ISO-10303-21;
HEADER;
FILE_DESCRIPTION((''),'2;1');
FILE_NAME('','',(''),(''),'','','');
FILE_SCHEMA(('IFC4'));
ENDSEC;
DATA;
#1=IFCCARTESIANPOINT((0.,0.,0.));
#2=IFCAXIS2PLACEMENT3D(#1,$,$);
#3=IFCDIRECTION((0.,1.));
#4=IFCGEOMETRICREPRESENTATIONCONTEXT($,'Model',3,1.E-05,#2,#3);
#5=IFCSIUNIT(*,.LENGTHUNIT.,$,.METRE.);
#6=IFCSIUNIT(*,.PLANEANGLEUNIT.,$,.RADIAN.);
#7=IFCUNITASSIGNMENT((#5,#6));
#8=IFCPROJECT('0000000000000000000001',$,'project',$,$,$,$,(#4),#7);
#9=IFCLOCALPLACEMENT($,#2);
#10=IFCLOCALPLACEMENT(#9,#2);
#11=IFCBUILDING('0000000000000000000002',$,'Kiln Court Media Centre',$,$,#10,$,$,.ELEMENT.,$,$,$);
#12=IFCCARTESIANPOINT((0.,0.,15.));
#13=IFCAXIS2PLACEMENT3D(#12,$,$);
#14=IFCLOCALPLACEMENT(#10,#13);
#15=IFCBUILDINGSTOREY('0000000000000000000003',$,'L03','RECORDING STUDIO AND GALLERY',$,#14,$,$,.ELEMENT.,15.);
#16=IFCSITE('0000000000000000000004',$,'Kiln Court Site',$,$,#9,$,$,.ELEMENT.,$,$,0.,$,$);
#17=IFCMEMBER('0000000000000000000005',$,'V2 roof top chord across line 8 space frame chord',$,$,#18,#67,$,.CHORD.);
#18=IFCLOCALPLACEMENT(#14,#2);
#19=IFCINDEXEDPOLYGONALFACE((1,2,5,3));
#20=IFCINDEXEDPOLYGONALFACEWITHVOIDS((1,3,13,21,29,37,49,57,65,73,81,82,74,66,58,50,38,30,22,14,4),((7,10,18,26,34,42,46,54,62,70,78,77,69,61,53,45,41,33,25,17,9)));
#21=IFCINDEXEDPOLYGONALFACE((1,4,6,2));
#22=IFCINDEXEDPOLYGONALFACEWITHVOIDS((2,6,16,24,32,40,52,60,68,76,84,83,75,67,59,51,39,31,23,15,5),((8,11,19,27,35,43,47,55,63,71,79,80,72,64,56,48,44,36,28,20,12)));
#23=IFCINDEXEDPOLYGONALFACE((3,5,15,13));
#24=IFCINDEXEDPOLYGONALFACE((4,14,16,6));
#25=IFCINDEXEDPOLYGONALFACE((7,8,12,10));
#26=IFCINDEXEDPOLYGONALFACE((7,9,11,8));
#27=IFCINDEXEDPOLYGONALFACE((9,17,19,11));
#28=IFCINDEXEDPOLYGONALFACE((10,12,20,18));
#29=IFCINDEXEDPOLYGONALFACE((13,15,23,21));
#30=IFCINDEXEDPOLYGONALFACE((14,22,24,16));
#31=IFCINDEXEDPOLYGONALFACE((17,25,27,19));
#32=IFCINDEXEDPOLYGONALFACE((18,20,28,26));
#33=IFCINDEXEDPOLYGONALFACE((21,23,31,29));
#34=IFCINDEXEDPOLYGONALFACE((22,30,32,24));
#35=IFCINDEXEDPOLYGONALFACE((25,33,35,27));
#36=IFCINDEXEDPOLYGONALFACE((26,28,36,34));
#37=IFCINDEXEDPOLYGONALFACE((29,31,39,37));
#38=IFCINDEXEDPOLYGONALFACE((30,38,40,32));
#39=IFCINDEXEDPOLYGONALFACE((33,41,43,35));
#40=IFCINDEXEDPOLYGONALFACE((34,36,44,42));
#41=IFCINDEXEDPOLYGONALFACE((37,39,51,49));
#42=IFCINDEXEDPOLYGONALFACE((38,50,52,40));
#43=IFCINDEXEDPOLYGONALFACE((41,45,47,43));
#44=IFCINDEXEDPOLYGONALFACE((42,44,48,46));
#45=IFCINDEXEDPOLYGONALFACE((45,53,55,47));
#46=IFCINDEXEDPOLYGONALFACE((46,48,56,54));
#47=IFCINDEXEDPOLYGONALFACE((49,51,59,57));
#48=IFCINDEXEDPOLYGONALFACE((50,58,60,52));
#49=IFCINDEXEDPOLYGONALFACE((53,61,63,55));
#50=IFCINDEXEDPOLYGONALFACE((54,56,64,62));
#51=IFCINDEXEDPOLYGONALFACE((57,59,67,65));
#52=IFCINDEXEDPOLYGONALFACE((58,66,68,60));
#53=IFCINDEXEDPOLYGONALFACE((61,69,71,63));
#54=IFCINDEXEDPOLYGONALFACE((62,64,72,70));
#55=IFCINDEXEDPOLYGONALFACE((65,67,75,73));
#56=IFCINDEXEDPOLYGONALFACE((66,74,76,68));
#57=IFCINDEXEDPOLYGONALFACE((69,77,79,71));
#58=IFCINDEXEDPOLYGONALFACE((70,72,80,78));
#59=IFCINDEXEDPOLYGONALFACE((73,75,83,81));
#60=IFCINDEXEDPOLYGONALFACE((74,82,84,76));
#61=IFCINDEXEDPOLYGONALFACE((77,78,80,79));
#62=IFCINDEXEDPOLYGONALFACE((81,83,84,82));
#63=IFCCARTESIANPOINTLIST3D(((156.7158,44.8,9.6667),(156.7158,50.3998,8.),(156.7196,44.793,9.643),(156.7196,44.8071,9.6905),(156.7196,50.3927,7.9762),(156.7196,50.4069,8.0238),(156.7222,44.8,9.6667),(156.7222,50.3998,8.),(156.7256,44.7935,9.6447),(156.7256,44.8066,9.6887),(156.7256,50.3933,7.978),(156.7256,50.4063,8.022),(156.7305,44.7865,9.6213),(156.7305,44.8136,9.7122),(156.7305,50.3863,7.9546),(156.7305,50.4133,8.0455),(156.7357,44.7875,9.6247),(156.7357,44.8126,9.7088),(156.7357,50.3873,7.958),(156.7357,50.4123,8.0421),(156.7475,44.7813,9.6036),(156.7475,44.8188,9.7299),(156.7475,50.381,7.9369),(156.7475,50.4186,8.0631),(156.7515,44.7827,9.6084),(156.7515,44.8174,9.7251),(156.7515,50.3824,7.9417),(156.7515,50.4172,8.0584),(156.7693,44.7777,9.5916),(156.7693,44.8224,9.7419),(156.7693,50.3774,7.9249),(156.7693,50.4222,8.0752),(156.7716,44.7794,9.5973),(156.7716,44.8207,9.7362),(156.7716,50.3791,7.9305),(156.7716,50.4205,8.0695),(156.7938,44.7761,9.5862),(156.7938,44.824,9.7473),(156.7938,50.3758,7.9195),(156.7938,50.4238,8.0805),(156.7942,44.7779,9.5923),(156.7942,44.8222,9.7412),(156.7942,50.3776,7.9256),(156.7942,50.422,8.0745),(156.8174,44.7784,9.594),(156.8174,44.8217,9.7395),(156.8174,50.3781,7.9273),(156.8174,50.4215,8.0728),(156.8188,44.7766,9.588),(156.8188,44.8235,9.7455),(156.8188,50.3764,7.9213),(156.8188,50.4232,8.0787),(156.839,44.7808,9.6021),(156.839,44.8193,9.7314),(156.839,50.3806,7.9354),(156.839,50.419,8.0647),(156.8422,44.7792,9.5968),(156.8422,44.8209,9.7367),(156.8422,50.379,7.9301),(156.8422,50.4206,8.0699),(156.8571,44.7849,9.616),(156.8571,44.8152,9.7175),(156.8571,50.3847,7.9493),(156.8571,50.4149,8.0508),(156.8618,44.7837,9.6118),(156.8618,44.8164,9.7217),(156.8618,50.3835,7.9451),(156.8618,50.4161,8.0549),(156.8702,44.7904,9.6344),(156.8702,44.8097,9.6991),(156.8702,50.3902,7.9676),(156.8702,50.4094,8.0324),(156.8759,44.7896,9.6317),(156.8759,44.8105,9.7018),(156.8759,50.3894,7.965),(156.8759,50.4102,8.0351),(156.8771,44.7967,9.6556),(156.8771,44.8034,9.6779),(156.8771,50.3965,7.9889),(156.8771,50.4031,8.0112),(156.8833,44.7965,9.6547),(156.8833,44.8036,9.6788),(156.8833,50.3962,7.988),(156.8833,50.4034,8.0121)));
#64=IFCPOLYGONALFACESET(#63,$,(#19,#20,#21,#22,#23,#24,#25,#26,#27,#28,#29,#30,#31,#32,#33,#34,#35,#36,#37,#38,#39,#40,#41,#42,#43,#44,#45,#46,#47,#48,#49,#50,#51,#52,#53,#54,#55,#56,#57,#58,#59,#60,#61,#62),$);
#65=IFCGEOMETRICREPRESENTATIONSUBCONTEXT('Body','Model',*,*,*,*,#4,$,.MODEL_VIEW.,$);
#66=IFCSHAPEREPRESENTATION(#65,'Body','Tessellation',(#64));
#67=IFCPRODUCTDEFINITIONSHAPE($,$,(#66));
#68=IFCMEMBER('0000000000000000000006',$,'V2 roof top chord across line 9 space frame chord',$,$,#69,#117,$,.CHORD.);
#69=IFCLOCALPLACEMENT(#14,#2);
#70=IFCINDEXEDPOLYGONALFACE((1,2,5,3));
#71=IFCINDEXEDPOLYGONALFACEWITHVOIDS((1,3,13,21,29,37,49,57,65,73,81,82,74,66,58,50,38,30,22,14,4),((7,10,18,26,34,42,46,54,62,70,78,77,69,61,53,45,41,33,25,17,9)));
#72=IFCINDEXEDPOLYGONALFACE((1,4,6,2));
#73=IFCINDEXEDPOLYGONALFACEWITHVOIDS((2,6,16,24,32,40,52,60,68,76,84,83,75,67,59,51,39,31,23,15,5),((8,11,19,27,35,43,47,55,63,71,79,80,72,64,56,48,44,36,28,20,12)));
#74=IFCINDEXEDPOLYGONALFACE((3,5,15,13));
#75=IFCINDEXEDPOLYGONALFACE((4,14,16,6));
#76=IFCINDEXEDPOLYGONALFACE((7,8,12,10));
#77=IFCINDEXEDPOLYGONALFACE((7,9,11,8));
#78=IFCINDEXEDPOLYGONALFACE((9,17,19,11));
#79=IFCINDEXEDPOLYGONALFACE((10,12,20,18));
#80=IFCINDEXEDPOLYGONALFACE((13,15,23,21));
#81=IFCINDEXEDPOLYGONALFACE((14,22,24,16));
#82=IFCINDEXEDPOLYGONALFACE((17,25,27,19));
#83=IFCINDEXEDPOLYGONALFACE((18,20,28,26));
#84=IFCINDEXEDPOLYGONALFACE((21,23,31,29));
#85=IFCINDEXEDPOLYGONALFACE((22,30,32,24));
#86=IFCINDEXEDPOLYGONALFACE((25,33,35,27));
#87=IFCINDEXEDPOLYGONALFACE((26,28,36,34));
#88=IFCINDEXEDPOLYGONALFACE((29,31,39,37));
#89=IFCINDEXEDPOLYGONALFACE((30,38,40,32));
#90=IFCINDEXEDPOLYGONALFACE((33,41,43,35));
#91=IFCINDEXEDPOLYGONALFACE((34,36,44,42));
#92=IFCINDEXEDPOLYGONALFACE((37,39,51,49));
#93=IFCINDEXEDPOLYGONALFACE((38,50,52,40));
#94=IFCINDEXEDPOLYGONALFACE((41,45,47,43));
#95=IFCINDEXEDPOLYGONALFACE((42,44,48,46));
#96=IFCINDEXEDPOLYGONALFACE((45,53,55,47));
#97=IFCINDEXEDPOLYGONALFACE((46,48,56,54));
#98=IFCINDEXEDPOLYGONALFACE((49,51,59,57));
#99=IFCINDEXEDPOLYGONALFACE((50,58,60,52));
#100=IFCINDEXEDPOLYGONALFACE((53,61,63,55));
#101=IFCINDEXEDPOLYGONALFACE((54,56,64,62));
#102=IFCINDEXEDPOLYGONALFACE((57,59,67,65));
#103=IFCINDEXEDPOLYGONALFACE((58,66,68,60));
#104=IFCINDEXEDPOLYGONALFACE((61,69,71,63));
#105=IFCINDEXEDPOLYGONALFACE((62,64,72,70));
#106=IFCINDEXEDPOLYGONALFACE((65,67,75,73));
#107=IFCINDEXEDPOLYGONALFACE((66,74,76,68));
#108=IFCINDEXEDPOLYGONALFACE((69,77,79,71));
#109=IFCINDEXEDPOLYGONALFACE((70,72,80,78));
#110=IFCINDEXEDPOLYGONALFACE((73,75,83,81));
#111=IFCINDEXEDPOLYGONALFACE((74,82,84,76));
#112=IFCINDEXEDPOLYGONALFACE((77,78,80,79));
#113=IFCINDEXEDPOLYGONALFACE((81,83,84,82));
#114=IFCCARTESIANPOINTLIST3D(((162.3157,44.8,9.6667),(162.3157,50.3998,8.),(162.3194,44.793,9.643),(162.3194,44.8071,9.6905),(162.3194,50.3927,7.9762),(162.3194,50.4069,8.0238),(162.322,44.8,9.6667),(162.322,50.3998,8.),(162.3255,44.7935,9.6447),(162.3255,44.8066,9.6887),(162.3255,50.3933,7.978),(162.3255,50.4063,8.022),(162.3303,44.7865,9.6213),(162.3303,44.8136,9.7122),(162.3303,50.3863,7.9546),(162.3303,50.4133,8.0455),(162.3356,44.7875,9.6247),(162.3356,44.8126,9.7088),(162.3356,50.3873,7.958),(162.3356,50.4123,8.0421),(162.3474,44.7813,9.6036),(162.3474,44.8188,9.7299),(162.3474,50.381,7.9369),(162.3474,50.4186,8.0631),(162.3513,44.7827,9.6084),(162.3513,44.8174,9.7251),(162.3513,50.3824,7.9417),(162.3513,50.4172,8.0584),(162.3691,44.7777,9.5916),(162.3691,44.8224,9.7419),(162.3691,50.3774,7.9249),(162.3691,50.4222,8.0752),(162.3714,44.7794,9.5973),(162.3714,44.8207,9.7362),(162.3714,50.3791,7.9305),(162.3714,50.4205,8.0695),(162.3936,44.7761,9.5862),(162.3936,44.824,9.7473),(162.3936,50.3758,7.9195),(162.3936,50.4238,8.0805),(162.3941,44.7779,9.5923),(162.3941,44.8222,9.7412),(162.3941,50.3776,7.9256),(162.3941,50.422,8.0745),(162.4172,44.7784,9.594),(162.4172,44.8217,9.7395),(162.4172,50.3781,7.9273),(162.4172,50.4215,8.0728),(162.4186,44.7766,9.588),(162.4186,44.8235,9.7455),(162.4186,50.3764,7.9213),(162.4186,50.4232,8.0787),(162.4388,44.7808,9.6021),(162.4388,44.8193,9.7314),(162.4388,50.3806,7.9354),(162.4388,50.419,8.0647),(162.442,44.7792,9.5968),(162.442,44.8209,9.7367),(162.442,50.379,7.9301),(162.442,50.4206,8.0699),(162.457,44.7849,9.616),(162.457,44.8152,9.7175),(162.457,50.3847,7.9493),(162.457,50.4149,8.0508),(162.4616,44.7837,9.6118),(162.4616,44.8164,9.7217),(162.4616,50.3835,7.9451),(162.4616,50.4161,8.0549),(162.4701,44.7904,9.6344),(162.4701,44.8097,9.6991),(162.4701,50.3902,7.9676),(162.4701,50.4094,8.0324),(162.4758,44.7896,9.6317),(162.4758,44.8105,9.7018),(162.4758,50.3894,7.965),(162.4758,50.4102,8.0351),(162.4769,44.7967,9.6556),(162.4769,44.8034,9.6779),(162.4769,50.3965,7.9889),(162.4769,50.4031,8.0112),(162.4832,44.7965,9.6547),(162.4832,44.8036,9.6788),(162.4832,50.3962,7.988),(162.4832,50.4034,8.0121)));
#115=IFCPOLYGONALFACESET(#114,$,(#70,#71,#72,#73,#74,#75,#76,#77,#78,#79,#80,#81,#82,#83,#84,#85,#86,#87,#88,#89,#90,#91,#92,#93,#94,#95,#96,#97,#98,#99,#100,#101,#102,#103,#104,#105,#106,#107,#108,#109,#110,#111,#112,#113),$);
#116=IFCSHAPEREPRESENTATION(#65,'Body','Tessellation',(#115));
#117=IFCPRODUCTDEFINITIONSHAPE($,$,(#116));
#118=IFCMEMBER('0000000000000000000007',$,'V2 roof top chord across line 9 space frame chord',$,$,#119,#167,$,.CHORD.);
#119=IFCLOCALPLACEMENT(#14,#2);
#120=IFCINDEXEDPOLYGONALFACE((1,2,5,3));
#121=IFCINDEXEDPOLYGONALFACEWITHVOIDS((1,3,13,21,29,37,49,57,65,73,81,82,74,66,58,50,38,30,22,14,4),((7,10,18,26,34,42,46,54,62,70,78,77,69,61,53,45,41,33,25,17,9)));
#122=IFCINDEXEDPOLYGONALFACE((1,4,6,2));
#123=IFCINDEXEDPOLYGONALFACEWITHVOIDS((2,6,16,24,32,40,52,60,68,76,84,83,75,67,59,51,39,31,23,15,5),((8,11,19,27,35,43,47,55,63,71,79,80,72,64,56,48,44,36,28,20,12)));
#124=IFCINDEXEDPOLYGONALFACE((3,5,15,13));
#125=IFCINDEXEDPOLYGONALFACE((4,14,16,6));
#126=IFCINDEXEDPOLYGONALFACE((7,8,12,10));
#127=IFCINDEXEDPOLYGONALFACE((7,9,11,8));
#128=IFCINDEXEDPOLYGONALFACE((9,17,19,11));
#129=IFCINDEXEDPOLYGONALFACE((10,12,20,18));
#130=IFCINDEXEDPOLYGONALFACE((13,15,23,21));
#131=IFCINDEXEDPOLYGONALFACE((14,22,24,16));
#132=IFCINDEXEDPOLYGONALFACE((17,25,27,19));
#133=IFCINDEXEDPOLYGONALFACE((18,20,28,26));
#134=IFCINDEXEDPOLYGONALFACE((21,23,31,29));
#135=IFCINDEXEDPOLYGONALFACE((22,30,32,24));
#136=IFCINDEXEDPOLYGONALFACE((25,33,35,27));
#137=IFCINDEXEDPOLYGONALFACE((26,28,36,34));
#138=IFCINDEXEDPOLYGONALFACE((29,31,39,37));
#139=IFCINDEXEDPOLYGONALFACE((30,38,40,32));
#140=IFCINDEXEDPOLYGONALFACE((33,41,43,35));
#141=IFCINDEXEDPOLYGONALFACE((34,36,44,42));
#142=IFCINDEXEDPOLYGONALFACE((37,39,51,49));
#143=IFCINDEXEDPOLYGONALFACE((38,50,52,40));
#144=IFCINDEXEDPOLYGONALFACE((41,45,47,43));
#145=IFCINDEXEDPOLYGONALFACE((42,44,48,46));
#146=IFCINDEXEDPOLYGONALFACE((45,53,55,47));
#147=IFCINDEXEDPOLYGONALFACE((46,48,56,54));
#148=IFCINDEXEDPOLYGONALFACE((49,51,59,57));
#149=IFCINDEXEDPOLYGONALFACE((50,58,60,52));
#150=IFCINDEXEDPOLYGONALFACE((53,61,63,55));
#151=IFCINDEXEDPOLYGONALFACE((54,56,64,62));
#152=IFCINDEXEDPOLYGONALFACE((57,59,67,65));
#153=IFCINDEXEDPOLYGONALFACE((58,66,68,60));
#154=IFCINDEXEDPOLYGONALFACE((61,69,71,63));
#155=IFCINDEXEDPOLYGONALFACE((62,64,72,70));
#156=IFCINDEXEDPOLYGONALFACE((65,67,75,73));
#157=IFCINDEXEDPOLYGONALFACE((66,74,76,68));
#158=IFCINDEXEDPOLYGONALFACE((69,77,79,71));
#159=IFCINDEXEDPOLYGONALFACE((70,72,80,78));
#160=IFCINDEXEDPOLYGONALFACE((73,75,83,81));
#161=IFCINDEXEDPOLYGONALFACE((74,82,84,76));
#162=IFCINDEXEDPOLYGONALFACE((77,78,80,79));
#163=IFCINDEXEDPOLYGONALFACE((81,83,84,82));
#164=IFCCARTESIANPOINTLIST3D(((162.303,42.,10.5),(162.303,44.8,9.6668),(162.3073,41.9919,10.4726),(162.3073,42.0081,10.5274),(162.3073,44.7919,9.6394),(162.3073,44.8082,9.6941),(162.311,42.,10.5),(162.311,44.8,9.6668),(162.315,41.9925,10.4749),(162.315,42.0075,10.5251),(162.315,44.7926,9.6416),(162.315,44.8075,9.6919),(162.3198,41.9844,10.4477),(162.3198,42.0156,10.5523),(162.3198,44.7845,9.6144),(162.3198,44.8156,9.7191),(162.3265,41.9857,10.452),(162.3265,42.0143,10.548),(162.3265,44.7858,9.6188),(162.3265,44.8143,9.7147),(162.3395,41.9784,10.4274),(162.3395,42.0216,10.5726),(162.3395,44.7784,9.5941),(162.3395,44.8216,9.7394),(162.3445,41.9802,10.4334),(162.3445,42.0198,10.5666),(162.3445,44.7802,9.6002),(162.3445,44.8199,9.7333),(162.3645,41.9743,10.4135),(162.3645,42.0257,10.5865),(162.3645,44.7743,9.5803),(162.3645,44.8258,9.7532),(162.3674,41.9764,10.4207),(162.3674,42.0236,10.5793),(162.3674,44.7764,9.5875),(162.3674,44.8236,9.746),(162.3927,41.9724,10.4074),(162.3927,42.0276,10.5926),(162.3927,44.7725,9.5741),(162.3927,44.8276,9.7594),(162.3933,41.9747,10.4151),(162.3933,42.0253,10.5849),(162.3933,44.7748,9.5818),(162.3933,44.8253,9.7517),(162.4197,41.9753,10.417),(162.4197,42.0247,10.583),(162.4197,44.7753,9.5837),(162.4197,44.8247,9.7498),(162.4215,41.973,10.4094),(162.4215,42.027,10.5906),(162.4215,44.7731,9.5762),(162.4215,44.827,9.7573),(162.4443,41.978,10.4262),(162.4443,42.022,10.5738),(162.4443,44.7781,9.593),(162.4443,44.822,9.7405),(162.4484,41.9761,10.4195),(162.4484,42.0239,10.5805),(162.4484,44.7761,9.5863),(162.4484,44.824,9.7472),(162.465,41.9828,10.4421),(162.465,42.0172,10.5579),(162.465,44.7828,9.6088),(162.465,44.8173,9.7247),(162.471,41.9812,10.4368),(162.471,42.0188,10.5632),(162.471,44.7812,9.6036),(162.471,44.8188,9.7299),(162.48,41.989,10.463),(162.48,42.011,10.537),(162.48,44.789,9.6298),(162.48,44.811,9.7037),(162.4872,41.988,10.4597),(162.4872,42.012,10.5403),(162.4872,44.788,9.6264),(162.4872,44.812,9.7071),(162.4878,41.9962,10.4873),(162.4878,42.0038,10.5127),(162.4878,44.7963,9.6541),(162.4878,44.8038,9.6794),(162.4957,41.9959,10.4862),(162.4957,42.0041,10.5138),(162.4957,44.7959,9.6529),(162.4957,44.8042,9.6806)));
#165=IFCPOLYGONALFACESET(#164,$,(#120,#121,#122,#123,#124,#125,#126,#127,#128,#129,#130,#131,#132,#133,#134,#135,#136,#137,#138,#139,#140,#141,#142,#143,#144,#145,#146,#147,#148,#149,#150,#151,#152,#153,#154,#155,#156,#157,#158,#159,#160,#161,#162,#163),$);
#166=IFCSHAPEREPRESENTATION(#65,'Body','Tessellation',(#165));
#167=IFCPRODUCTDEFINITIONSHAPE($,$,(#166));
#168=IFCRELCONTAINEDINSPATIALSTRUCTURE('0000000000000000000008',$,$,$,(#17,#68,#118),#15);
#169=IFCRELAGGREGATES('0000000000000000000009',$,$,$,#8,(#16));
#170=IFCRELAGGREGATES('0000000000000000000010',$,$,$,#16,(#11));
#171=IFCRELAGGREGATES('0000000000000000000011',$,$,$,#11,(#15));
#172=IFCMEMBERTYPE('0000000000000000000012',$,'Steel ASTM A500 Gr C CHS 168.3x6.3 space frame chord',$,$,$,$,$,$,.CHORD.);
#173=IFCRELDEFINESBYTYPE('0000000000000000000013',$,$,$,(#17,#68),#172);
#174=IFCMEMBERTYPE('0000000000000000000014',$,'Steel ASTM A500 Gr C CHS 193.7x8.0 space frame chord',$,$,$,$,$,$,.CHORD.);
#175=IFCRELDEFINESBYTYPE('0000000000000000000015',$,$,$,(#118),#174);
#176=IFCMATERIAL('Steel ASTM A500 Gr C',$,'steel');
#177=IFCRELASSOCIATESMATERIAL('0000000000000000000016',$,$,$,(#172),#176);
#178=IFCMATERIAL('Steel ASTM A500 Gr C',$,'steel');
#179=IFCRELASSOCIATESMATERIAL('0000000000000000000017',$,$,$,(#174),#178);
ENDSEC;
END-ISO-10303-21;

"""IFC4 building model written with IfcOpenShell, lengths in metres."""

from ifc_helpers import new_model, si_unit, direction, frame, origin, origin_2d, place, context, subcontext, project, spatial, hollow_circle, extrude, material, material_profile, profile_set, type_object, element, save


model = new_model("IFC4")

# Units and contexts
model_context = context("Model", 3, precision=1e-05, world=origin(), true_north=direction((0.0, 1.0)))
body_context = subcontext(model_context, "Body", "Model", "MODEL_VIEW")
ifc_project = project(units=[si_unit("LENGTHUNIT", "METRE"), si_unit("PLANEANGLEUNIT", "RADIAN")], contexts=[model_context])

# Site, building, storey
site_placement = place(None, origin())
site = spatial("IfcSite", under=ifc_project, at=site_placement, Name="Kiln Court Site", CompositionType="ELEMENT", RefElevation=0.0)
building_placement = place(site_placement, origin())
building = spatial("IfcBuilding", under=site, at=building_placement, Name="Kiln Court Media Centre", CompositionType="ELEMENT")
storey_placement = place(building_placement, frame((0.0, 0.0, 15.0)))
storey = spatial("IfcBuildingStorey", under=building, at=storey_placement, Name="L03", Description="RECORDING STUDIO AND GALLERY", CompositionType="ELEMENT", Elevation=15.0)

# Members
ifc_material_1 = material(Name="Steel ASTM A500 Gr C", Category="steel")
ifc_material_profile_1 = material_profile(ifc_material_1, hollow_circle(Radius=0.0842, WallThickness=0.0063, at=origin_2d()), Name="CHS 168.3x6.3")
ifc_profile_set_1 = profile_set([ifc_material_profile_1], Name="Steel ASTM A500 Gr C")
member_type_1 = type_object("IfcMemberType", Name="Steel ASTM A500 Gr C CHS 168.3x6.3 space frame chord", PredefinedType="CHORD", material=ifc_profile_set_1)
for number, where, z_axis, x_axis, name in (
    (1, (156.8, 44.8, 9.6667), (0.0, 0.958446, -0.285273), (-1.0, 0.0, 0.0), "V2 roof top chord across line 8 space frame chord"),
    (2, (162.3999, 44.8, 9.6667), (0.0, 0.958446, -0.285273), (-1.0, 0.0, 0.0), "V2 roof top chord across line 9 space frame chord"),
):
    element("IfcMember", number, at=place(storey_placement, frame(where, z_axis=z_axis, x_axis=x_axis)), inside=storey, type_object=member_type_1, Name=name, PredefinedType="CHORD", context=body_context, shape_type="SweptSolid", body=[
        extrude(hollow_circle(Radius=0.0842, WallThickness=0.0063, at=origin_2d()), origin(), (0.0, 0.0, 1.0), 5.8425),
    ])
ifc_material_2 = material(Name="Steel ASTM A500 Gr C", Category="steel")
ifc_material_profile_2 = material_profile(ifc_material_2, hollow_circle(Radius=0.0969, WallThickness=0.0081, at=origin_2d()), Name="CHS 193.7x8.0")
ifc_profile_set_2 = profile_set([ifc_material_profile_2], Name="Steel ASTM A500 Gr C")
member_type_2 = type_object("IfcMemberType", Name="Steel ASTM A500 Gr C CHS 193.7x8.0 space frame chord", PredefinedType="CHORD", material=ifc_profile_set_2)
member_1_placement = place(storey_placement, frame((162.3999, 42.0, 10.5), z_axis=(0.0, 0.958461, -0.285223), x_axis=(-1.0, 0.0, 0.0)))
element("IfcMember", 3, at=member_1_placement, inside=storey, type_object=member_type_2, Name="V2 roof top chord across line 9 space frame chord", PredefinedType="CHORD", context=body_context, shape_type="SweptSolid", body=[
    extrude(hollow_circle(Radius=0.0969, WallThickness=0.0081, at=origin_2d()), origin(), (0.0, 0.0, 1.0), 2.9214),
])

save(model, "model.ifc")
